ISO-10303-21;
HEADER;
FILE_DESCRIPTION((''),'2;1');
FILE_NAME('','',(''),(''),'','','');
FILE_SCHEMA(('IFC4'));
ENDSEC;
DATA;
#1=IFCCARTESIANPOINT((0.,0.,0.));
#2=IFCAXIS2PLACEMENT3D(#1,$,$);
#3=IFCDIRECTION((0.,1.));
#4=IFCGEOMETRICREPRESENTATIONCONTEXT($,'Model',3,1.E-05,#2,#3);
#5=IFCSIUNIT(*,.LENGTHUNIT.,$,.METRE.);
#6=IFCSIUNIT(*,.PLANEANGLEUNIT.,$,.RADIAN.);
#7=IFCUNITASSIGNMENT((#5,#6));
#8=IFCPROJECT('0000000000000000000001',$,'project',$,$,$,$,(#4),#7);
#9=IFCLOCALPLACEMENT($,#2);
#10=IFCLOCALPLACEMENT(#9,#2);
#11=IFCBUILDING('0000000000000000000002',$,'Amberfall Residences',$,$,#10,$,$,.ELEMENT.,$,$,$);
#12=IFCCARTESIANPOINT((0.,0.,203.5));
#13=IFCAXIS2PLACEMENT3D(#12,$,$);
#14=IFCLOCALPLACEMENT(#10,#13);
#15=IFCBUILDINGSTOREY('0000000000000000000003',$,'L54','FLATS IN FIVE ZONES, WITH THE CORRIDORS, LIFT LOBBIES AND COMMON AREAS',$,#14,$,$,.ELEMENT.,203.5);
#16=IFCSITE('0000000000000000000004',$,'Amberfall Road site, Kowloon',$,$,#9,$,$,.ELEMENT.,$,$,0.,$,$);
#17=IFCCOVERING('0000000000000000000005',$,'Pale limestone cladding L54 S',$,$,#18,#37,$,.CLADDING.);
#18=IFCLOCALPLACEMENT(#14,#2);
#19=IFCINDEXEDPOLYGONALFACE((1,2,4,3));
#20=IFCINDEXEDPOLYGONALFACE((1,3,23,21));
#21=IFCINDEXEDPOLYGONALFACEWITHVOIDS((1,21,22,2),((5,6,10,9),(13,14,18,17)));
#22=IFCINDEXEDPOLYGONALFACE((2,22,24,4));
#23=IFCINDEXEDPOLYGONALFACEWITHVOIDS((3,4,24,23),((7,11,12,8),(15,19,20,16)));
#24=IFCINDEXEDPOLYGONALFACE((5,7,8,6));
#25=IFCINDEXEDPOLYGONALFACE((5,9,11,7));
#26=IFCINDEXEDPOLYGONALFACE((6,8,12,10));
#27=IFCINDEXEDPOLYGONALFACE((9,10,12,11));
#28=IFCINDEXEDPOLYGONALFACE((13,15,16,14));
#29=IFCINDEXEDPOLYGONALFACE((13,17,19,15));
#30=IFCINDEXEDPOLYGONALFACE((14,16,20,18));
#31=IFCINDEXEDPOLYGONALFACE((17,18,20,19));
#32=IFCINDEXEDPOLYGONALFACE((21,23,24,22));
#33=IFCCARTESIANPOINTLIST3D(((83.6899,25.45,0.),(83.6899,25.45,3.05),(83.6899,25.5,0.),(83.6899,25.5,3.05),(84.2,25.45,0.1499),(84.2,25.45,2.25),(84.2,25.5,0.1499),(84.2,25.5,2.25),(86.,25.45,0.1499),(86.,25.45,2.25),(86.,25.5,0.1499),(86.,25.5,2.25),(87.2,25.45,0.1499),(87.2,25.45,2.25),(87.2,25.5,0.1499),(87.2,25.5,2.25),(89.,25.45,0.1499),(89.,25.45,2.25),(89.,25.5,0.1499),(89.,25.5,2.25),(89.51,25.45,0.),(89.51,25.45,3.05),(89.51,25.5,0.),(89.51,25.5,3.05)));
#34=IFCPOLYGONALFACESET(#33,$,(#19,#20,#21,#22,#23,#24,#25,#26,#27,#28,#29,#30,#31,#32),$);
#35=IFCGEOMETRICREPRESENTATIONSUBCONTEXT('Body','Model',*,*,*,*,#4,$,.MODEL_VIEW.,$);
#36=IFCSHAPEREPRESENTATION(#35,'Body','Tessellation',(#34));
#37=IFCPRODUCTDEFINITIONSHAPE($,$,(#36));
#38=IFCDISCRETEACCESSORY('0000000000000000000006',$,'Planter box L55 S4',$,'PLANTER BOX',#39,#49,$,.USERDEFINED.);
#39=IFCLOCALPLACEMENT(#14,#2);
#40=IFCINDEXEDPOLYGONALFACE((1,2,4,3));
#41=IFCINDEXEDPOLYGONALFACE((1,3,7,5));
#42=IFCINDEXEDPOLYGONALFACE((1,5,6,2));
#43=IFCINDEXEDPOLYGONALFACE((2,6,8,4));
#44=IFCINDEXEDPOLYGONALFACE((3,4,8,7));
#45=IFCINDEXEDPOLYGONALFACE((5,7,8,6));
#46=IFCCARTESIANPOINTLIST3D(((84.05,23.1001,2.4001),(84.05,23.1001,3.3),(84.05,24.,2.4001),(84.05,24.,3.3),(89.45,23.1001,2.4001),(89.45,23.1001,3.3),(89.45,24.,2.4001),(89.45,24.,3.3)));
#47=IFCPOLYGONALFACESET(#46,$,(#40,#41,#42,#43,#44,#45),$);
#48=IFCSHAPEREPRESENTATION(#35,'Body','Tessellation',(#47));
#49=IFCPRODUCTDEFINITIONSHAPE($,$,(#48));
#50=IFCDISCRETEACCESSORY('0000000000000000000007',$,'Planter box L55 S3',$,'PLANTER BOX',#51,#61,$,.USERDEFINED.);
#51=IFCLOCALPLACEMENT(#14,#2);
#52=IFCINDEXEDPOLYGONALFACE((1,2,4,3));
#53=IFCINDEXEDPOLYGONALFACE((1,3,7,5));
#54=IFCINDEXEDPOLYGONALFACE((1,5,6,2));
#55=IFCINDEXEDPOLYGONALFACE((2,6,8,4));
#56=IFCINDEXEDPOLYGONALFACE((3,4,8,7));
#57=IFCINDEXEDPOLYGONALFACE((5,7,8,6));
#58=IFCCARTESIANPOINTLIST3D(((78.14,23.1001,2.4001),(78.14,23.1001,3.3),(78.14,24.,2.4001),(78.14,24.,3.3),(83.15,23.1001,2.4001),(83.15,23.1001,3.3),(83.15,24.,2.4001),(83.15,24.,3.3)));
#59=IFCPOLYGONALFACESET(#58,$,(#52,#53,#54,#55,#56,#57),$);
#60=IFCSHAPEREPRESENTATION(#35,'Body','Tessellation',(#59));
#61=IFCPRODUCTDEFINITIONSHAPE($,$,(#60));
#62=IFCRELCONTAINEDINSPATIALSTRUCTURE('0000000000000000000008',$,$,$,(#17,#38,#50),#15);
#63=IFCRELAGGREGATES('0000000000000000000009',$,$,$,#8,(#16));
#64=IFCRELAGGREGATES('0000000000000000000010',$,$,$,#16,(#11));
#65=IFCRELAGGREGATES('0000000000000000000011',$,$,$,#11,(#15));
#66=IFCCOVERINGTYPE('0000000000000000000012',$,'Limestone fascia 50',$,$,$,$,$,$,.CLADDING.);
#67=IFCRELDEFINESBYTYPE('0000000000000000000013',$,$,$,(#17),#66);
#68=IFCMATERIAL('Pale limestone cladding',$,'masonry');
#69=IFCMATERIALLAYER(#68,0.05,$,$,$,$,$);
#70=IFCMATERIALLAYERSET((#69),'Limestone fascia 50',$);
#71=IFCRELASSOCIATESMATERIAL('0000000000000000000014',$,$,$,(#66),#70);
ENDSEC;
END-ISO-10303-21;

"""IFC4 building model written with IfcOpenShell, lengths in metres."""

from ifc_helpers import new_model, si_unit, direction, frame, origin, origin_2d, place, context, subcontext, project, spatial, polyline, rectangle, outline, extrude, material, layer, layer_set, type_object, element, save


model = new_model("IFC4")

# Units and contexts
model_context = context("Model", 3, precision=1e-05, world=origin(), true_north=direction((0.0, 1.0)))
body_context = subcontext(model_context, "Body", "Model", "MODEL_VIEW")
ifc_project = project(units=[si_unit("LENGTHUNIT", "METRE"), si_unit("PLANEANGLEUNIT", "RADIAN")], contexts=[model_context])

# Site, building, storey
site_placement = place(None, origin())
site = spatial("IfcSite", under=ifc_project, at=site_placement, Name="Amberfall Road site, Kowloon", CompositionType="ELEMENT", RefElevation=0.0)
building_placement = place(site_placement, origin())
building = spatial("IfcBuilding", under=site, at=building_placement, Name="Amberfall Residences", CompositionType="ELEMENT")
storey_placement = place(building_placement, frame((0.0, 0.0, 203.5)))
storey = spatial("IfcBuildingStorey", under=building, at=storey_placement, Name="L54", Description="FLATS IN FIVE ZONES, WITH THE CORRIDORS, LIFT LOBBIES AND COMMON AREAS", CompositionType="ELEMENT", Elevation=203.5)

# Covering
ifc_material_1 = material(Name="Pale limestone cladding", Category="masonry")
ifc_layer_1 = layer(ifc_material_1, 0.05)
ifc_layer_set_1 = layer_set([ifc_layer_1], Name="Limestone fascia 50")
covering_type = type_object("IfcCoveringType", Name="Limestone fascia 50", PredefinedType="CLADDING", material=ifc_layer_set_1)
covering_placement = place(storey_placement, frame((83.6899, 25.5, 3.05), z_axis=(0.0, 1.0, 0.0), x_axis=(1.0, 0.0, 0.0)))
element("IfcCovering", 1, at=covering_placement, inside=storey, type_object=covering_type, Name="Pale limestone cladding L54 S", PredefinedType="CLADDING", context=body_context, shape_type="SweptSolid", body=[
    extrude(outline(polyline([(0.0, 0.0), (5.8201, 0.0), (5.8201, 3.05), (0.0, 3.05), (0.0, 0.0)]), holes=[polyline([(0.51, 0.8), (2.3101, 0.8), (2.3101, 2.9001), (0.51, 2.9001), (0.51, 0.8)]), polyline([(3.51, 0.8), (5.3101, 0.8), (5.3101, 2.9001), (3.51, 2.9001), (3.51, 0.8)])]), origin(), (0.0, 0.0, -1.0), 0.05),
])

# Discrete accessories
discrete_accessory_1_placement = place(storey_placement, frame((86.75, 23.55, 2.4001), z_axis=(0.0, 0.0, 1.0), x_axis=(1.0, 0.0, 0.0)))
element("IfcDiscreteAccessory", 2, at=discrete_accessory_1_placement, inside=storey, Name="Planter box L55 S4", ObjectType="PLANTER BOX", PredefinedType="USERDEFINED", context=body_context, shape_type="SweptSolid", body=[
    extrude(rectangle(XDim=5.3999, YDim=0.8999, at=origin_2d()), origin(), (0.0, 0.0, 1.0), 0.8999),
])
discrete_accessory_2_placement = place(storey_placement, frame((80.645, 23.55, 2.4001), z_axis=(0.0, 0.0, 1.0), x_axis=(1.0, 0.0, 0.0)))
element("IfcDiscreteAccessory", 3, at=discrete_accessory_2_placement, inside=storey, Name="Planter box L55 S3", ObjectType="PLANTER BOX", PredefinedType="USERDEFINED", context=body_context, shape_type="SweptSolid", body=[
    extrude(rectangle(XDim=5.01, YDim=0.8999, at=origin_2d()), origin(), (0.0, 0.0, 1.0), 0.8999),
])

save(model, "model.ifc")
